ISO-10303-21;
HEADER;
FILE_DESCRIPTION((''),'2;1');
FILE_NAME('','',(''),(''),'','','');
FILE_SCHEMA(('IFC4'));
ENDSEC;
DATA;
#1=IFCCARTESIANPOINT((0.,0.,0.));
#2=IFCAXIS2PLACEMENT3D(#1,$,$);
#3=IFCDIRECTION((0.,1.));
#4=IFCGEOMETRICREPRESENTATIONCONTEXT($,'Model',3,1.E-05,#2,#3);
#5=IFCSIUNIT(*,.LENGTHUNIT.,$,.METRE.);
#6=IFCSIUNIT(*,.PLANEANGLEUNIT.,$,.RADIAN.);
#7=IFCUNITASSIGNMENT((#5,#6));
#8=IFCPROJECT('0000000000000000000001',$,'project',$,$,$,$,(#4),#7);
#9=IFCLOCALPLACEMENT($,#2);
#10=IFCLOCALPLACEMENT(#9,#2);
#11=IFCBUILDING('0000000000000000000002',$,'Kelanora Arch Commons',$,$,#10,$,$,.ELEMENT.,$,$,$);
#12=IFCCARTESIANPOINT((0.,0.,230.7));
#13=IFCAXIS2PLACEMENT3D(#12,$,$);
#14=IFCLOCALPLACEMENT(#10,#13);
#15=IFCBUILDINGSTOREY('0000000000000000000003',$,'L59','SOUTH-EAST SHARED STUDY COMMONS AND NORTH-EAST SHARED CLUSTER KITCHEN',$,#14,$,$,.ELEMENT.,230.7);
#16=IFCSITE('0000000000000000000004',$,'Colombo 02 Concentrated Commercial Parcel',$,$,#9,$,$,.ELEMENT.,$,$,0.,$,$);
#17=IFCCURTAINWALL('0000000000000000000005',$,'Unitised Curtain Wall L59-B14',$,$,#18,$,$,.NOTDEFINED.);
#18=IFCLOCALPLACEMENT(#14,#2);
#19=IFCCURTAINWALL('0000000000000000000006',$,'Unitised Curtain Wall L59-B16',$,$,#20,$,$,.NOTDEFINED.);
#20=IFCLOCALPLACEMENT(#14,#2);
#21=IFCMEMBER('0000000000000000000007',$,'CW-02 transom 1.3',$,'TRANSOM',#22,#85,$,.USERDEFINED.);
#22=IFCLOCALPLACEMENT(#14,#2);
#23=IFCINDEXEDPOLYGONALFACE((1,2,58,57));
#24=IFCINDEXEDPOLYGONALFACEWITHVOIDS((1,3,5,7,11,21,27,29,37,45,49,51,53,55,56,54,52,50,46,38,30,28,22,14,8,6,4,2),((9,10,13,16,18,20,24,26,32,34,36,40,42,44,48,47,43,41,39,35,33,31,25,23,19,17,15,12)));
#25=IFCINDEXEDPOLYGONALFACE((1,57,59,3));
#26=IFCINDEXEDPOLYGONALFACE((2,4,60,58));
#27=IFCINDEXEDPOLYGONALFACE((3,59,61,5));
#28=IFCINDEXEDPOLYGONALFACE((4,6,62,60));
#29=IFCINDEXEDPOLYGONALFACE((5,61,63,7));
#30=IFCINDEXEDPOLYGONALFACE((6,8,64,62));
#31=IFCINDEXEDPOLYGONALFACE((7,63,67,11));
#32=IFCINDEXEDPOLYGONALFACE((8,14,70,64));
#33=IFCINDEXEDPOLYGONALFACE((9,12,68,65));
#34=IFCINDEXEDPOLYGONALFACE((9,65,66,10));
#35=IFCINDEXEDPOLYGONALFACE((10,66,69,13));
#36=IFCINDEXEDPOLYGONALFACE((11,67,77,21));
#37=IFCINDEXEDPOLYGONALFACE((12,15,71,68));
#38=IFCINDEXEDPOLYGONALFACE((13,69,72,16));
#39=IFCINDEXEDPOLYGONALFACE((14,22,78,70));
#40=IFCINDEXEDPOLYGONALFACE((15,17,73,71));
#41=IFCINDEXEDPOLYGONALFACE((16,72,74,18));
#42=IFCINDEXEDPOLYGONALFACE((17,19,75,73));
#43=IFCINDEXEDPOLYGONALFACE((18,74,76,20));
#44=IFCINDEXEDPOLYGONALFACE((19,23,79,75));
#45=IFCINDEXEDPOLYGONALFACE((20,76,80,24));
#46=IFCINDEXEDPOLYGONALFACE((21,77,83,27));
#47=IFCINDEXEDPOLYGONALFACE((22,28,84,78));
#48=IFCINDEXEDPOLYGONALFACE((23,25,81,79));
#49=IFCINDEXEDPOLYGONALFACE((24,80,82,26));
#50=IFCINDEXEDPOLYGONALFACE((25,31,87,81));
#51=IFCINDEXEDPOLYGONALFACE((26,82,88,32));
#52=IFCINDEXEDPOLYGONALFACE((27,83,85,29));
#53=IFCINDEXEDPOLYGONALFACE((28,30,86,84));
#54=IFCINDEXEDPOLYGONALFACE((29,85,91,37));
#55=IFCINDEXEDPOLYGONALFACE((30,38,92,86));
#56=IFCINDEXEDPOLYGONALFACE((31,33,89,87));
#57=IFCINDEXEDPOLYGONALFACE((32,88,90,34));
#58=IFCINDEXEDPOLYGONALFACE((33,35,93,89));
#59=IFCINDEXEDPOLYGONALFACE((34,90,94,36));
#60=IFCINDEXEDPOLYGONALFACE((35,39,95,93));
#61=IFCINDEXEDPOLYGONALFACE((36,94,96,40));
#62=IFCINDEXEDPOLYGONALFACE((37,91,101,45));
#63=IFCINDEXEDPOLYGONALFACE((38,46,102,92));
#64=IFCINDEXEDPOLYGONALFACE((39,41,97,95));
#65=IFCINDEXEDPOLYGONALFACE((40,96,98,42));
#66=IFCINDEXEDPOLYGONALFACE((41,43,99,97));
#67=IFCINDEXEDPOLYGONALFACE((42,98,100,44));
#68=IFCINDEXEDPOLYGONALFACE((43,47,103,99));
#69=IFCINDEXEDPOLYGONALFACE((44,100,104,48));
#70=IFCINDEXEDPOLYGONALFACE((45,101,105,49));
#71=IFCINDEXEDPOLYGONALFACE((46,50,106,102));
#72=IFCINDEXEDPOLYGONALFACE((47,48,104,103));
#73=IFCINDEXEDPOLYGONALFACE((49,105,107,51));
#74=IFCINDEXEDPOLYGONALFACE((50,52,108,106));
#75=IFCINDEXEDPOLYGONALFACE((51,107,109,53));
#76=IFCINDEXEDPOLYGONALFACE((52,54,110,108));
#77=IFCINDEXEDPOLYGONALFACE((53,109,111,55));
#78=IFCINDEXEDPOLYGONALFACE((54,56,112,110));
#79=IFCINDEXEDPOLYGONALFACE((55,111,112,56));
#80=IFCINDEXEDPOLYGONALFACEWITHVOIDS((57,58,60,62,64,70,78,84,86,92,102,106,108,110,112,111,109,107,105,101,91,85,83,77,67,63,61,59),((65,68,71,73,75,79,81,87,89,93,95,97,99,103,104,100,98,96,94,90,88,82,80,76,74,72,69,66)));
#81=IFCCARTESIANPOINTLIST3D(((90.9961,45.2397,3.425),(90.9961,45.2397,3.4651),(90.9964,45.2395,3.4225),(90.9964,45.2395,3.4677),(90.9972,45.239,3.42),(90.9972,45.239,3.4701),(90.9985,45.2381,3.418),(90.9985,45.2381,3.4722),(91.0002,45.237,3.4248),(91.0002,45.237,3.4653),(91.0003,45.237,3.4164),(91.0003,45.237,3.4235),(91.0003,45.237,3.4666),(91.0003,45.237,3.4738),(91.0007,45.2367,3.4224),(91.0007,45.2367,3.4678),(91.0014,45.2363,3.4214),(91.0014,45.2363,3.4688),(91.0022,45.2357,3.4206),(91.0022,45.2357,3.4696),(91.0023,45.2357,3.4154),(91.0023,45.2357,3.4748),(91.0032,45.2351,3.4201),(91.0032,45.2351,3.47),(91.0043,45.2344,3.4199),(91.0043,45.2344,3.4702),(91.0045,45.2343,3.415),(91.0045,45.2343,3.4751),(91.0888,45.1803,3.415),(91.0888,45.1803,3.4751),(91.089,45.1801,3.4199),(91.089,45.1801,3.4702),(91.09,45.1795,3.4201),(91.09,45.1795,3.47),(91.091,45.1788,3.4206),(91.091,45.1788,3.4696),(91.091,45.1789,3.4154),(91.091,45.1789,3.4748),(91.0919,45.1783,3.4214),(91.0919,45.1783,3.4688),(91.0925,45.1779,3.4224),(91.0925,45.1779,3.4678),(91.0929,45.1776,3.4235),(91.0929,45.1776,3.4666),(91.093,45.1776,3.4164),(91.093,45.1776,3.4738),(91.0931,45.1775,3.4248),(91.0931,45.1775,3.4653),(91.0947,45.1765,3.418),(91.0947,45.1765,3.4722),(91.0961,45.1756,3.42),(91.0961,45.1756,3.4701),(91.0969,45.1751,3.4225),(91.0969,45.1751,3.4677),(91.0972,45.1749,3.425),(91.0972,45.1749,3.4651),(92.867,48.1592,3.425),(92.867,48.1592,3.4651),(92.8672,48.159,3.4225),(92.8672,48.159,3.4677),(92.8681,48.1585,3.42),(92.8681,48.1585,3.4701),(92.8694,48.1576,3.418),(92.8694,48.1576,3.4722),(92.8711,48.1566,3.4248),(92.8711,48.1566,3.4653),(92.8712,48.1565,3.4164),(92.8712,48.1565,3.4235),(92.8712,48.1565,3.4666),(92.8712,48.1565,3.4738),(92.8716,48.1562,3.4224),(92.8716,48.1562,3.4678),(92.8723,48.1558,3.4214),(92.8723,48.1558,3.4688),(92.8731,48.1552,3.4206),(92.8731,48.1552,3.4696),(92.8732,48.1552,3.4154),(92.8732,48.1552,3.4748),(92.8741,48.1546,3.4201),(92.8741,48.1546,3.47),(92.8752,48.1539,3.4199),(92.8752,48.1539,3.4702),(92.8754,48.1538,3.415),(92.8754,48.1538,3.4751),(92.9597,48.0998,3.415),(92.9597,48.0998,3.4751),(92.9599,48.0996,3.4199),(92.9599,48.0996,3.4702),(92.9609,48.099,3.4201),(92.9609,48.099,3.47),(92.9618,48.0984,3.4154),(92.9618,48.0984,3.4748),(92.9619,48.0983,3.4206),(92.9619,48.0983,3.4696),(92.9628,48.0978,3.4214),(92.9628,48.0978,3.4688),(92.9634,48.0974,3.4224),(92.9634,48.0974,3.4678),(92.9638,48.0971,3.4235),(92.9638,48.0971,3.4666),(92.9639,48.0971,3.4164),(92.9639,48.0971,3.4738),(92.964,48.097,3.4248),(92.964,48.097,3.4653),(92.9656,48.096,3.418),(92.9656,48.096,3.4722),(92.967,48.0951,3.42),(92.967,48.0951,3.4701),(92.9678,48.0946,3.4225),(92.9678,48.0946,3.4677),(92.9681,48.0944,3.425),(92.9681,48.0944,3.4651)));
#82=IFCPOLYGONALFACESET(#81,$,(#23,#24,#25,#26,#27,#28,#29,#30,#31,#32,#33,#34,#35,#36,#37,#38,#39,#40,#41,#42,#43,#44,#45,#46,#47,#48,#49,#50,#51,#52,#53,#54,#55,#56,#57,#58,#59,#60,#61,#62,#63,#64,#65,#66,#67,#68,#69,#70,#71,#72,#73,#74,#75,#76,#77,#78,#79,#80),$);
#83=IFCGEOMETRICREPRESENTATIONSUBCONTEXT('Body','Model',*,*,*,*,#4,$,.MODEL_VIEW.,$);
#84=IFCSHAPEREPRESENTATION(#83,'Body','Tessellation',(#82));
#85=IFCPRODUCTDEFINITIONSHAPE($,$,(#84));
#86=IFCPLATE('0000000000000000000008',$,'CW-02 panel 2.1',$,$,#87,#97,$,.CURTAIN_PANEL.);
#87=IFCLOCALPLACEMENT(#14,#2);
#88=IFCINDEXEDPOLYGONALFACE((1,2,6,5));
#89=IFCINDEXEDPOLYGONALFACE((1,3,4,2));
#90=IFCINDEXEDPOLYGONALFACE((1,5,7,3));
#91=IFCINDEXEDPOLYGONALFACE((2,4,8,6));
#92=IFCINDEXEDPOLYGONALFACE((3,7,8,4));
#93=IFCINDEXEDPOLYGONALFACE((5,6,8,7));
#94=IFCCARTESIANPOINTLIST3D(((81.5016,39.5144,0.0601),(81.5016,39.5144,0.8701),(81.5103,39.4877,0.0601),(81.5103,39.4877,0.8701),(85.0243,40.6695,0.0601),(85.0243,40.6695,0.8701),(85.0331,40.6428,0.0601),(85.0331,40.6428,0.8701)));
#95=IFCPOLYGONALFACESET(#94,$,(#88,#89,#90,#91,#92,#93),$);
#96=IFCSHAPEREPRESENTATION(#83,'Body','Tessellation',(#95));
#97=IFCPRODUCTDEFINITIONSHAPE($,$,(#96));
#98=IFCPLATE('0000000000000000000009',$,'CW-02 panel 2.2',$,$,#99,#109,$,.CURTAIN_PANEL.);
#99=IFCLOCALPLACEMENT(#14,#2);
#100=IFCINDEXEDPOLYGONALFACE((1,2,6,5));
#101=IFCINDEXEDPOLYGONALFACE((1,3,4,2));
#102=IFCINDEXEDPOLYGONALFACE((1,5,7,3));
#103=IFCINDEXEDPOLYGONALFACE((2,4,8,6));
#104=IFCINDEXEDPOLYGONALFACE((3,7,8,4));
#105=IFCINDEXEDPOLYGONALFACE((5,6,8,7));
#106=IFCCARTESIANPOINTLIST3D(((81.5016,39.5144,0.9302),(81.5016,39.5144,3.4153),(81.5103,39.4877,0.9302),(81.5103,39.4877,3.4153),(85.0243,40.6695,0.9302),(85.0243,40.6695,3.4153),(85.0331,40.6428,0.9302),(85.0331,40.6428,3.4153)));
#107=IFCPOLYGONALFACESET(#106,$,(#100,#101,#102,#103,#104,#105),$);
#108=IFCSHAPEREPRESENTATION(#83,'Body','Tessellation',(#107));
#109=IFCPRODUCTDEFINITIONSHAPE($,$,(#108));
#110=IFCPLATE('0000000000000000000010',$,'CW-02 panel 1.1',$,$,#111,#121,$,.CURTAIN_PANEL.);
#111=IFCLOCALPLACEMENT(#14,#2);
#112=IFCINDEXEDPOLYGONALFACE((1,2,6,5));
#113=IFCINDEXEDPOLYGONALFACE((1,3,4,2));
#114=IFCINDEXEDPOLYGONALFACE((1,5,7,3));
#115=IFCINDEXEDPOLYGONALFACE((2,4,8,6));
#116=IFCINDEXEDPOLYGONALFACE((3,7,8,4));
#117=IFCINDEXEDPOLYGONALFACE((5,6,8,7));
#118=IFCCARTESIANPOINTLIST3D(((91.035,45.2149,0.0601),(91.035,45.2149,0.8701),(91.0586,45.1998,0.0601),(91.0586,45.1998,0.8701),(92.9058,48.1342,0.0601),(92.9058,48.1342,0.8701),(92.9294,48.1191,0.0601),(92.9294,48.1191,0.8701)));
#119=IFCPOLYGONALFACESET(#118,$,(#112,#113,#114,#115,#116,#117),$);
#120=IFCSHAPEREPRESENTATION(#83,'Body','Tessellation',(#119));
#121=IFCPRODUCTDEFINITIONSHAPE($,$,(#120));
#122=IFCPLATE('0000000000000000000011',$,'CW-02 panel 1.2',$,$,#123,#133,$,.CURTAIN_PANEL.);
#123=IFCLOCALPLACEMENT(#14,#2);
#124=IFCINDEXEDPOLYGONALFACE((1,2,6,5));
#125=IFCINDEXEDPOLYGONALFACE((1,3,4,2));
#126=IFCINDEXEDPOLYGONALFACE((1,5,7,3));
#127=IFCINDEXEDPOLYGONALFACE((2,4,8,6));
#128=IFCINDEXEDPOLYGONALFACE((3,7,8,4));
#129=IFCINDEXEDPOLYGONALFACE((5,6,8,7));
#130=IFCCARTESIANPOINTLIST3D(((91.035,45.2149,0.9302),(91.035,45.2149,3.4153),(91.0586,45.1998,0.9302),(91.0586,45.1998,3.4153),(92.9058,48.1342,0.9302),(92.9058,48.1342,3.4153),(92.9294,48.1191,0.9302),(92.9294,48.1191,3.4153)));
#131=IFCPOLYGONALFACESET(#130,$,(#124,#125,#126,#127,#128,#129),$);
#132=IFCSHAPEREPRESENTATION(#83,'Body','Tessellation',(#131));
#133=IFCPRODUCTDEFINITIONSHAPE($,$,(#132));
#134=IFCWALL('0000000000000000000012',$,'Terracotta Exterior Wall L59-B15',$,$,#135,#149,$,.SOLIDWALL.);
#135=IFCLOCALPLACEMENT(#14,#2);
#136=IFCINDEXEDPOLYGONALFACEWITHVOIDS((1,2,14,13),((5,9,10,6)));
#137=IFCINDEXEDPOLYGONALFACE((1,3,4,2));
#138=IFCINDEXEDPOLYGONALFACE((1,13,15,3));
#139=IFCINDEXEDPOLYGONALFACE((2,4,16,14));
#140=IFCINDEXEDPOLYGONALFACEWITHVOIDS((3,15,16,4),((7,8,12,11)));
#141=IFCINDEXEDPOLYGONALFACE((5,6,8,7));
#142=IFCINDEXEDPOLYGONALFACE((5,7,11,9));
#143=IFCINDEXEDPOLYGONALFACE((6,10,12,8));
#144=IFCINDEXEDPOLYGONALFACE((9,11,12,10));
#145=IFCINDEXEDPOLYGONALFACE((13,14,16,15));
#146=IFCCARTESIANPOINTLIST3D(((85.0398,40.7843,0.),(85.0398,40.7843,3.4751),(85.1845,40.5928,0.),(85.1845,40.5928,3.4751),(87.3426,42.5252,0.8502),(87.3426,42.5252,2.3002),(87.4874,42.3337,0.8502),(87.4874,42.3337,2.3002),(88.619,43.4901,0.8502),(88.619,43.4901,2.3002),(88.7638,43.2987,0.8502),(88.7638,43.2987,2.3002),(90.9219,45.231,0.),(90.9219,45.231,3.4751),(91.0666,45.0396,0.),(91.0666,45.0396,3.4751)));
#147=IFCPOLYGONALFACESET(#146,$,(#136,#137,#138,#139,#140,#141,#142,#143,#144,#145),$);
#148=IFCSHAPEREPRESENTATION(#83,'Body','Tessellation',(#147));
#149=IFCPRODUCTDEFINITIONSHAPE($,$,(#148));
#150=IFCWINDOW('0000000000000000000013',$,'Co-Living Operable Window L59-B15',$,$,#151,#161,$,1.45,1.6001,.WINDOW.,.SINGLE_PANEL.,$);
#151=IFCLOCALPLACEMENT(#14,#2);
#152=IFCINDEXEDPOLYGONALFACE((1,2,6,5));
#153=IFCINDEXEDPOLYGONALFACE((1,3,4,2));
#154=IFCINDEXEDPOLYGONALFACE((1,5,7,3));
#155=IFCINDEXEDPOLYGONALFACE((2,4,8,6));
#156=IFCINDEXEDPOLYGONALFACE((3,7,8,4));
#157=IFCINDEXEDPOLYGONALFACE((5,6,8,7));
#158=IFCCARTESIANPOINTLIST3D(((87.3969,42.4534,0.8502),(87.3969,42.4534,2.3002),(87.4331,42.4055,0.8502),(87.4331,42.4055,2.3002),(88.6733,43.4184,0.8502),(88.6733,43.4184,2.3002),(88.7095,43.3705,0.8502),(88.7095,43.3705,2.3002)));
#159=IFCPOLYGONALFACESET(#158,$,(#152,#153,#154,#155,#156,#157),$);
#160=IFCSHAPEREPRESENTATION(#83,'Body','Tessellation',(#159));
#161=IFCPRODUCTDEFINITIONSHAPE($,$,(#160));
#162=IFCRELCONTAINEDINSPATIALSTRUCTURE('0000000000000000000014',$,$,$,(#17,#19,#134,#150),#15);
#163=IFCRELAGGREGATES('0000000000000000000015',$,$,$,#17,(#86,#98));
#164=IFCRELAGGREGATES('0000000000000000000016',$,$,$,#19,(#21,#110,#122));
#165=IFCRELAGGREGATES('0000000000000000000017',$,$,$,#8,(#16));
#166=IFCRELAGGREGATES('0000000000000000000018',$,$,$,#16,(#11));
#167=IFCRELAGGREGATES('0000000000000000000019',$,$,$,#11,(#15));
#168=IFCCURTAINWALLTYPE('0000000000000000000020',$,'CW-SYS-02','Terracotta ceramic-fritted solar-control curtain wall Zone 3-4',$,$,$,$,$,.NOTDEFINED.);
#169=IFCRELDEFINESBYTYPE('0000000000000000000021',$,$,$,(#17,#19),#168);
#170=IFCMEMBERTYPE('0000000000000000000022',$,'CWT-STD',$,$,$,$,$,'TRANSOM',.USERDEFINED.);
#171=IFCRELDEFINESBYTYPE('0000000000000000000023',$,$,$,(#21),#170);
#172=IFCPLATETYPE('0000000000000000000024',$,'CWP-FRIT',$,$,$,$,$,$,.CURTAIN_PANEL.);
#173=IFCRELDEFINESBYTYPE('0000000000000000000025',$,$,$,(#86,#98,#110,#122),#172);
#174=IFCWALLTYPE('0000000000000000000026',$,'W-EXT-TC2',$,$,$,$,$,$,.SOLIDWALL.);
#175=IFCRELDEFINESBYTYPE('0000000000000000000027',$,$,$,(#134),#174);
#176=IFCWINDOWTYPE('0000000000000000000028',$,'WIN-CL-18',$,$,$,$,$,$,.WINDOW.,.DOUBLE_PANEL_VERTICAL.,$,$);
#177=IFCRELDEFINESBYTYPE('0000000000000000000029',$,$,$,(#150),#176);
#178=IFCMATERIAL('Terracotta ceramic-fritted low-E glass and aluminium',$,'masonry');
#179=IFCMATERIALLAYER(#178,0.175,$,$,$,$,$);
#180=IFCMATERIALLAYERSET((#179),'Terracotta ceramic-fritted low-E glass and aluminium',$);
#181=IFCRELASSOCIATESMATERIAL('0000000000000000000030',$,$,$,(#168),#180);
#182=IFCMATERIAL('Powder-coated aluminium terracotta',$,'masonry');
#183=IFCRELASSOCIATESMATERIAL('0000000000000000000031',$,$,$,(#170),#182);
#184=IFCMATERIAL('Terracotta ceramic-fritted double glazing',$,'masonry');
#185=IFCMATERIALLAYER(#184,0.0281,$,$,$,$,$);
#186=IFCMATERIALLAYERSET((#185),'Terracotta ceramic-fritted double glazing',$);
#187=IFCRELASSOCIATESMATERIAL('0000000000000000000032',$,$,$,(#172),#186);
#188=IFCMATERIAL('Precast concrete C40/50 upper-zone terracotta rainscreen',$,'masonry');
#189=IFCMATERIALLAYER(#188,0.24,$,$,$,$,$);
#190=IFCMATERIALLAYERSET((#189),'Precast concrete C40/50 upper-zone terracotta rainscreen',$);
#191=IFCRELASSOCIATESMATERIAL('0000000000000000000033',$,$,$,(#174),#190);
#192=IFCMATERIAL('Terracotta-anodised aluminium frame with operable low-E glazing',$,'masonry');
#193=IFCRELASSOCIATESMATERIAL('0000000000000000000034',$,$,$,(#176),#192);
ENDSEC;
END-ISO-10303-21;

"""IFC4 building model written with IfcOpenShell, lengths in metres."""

from ifc_helpers import new_model, si_unit, direction, frame, frame_2d, origin, origin_2d, place, context, subcontext, project, spatial, rectangle, hollow_rectangle, extrude, source, transform, mapped, material, layer, layer_set, material_profile, profile_set, type_object, element, fill, aggregate, save


model = new_model("IFC4")

# Units and contexts
model_context = context("Model", 3, precision=1e-05, world=origin(), true_north=direction((0.0, 1.0)))
body_context = subcontext(model_context, "Body", "Model", "MODEL_VIEW")
ifc_project = project(units=[si_unit("LENGTHUNIT", "METRE"), si_unit("PLANEANGLEUNIT", "RADIAN")], contexts=[model_context])

# Site, building, storey
site_placement = place(None, origin())
site = spatial("IfcSite", under=ifc_project, at=site_placement, Name="Colombo 02 Concentrated Commercial Parcel", CompositionType="ELEMENT", RefElevation=0.0)
building_placement = place(site_placement, origin())
building = spatial("IfcBuilding", under=site, at=building_placement, Name="Kelanora Arch Commons", CompositionType="ELEMENT")
storey_placement = place(building_placement, frame((0.0, 0.0, 230.7)))
storey = spatial("IfcBuildingStorey", under=building, at=storey_placement, Name="L59", Description="SOUTH-EAST SHARED STUDY COMMONS AND NORTH-EAST SHARED CLUSTER KITCHEN", CompositionType="ELEMENT", Elevation=230.7)

# Curtain wall
ifc_material_1 = material(Name="Terracotta ceramic-fritted low-E glass and aluminium", Category="masonry")
ifc_layer_1 = layer(ifc_material_1, 0.175)
ifc_layer_set_1 = layer_set([ifc_layer_1], Name="Terracotta ceramic-fritted low-E glass and aluminium")
curtain_wall_type = type_object("IfcCurtainWallType", Name="CW-SYS-02", Description="Terracotta ceramic-fritted solar-control curtain wall Zone 3-4", PredefinedType="NOTDEFINED", material=ifc_layer_set_1)
curtain_wall_1_placement = place(storey_placement, origin())
curtain_wall_1 = element("IfcCurtainWall", 1, at=curtain_wall_1_placement, inside=storey, type_object=curtain_wall_type, Name="Unitised Curtain Wall L59-B14", PredefinedType="NOTDEFINED")
ifc_material_2 = material(Name="Powder-coated aluminium terracotta", Category="masonry")

# Curtain wall, member
curtain_wall_2_placement = place(storey_placement, origin())
curtain_wall_2 = element("IfcCurtainWall", 2, at=curtain_wall_2_placement, inside=storey, type_object=curtain_wall_type, Name="Unitised Curtain Wall L59-B16", PredefinedType="NOTDEFINED")
ifc_material_profile_1 = material_profile(ifc_material_2, hollow_rectangle(XDim=0.1201, YDim=0.0601, WallThickness=0.0049, InnerFilletRadius=0.0049, OuterFilletRadius=0.01, at=origin_2d()), Name="CWT120x60")
ifc_profile_set_1 = profile_set([ifc_material_profile_1], Name="Powder-coated aluminium terracotta")
member_type_1 = type_object("IfcMemberType", Name="CWT-STD", ElementType="TRANSOM", PredefinedType="USERDEFINED", material=ifc_profile_set_1)
member_1_placement = place(storey_placement, frame((91.0466, 45.2073, 3.4451), z_axis=(0.539547, 0.841955, 0.0), x_axis=(-0.841955, 0.539547, 0.0)))
member_1 = element("IfcMember", 3, at=member_1_placement, type_object=member_type_1, Name="CW-02 transom 1.3", ObjectType="TRANSOM", PredefinedType="USERDEFINED", context=body_context, shape_type="SweptSolid", body=[
    extrude(hollow_rectangle(XDim=0.1201, YDim=0.0601, WallThickness=0.0049, InnerFilletRadius=0.0049, OuterFilletRadius=0.01, at=origin_2d()), origin(), (0.0, 0.0, 1.0), 3.4675),
])

# Plates
ifc_material_3 = material(Name="Terracotta ceramic-fritted double glazing", Category="masonry")
ifc_layer_2 = layer(ifc_material_3, 0.0281)
ifc_layer_set_2 = layer_set([ifc_layer_2], Name="Terracotta ceramic-fritted double glazing")
plate_type = type_object("IfcPlateType", Name="CWP-FRIT", PredefinedType="CURTAIN_PANEL", material=ifc_layer_set_2)
shared_shape_1 = source(origin(), body_context, "Body", "SweptSolid", [
    extrude(rectangle(XDim=3.7073, YDim=0.0281, at=origin_2d()), origin(), (0.0, 0.0, 1.0), 0.8101),
])
plate_1_placement = place(storey_placement, frame((83.2673, 40.0786, 0.0601), z_axis=(0.0, 0.0, 1.0), x_axis=(0.950219, 0.311582, 0.0)))
plate_1 = element("IfcPlate", 4, at=plate_1_placement, type_object=plate_type, Name="CW-02 panel 2.1", PredefinedType="CURTAIN_PANEL", context=body_context, shape_type="MappedRepresentation", body=[
    mapped(shared_shape_1, transform((0.0, 0.0, 0.0), scale=1.0)),
])
shared_shape_2 = source(origin(), body_context, "Body", "SweptSolid", [
    extrude(rectangle(XDim=3.7073, YDim=0.0281, at=origin_2d()), origin(), (0.0, 0.0, 1.0), 2.4851),
])
plate_2_placement = place(storey_placement, frame((83.2673, 40.0786, 0.9302), z_axis=(0.0, 0.0, 1.0), x_axis=(0.950219, 0.311582, 0.0)))
plate_2 = element("IfcPlate", 5, at=plate_2_placement, type_object=plate_type, Name="CW-02 panel 2.2", PredefinedType="CURTAIN_PANEL", context=body_context, shape_type="MappedRepresentation", body=[
    mapped(shared_shape_2, transform((0.0, 0.0, 0.0), scale=1.0)),
])
aggregate(curtain_wall_1, [plate_1, plate_2])
shared_shape_3 = source(origin(), body_context, "Body", "SweptSolid", [
    extrude(rectangle(XDim=3.4673, YDim=0.0281, at=origin_2d()), origin(), (0.0, 0.0, 1.0), 0.8101),
])
plate_3_placement = place(storey_placement, frame((91.9822, 46.667, 0.0601), z_axis=(0.0, 0.0, 1.0), x_axis=(0.539559, 0.841948, 0.0)))
plate_3 = element("IfcPlate", 6, at=plate_3_placement, type_object=plate_type, Name="CW-02 panel 1.1", PredefinedType="CURTAIN_PANEL", context=body_context, shape_type="MappedRepresentation", body=[
    mapped(shared_shape_3, transform((0.0, 0.0, 0.0), scale=1.0)),
])
shared_shape_4 = source(origin(), body_context, "Body", "SweptSolid", [
    extrude(rectangle(XDim=3.4673, YDim=0.0281, at=origin_2d()), origin(), (0.0, 0.0, 1.0), 2.4851),
])
plate_4_placement = place(storey_placement, frame((91.9822, 46.667, 0.9302), z_axis=(0.0, 0.0, 1.0), x_axis=(0.539559, 0.841948, 0.0)))
plate_4 = element("IfcPlate", 7, at=plate_4_placement, type_object=plate_type, Name="CW-02 panel 1.2", PredefinedType="CURTAIN_PANEL", context=body_context, shape_type="MappedRepresentation", body=[
    mapped(shared_shape_4, transform((0.0, 0.0, 0.0), scale=1.0)),
])
aggregate(curtain_wall_2, [member_1, plate_3, plate_4])

# Wall, opening, window
ifc_material_4 = material(Name="Precast concrete C40/50 upper-zone terracotta rainscreen", Category="masonry")
ifc_layer_3 = layer(ifc_material_4, 0.24)
ifc_layer_set_3 = layer_set([ifc_layer_3], Name="Precast concrete C40/50 upper-zone terracotta rainscreen")
wall_type = type_object("IfcWallType", Name="W-EXT-TC2", PredefinedType="SOLIDWALL", material=ifc_layer_set_3)
wall_placement = place(storey_placement, frame((85.1121, 40.6885, 0.0), z_axis=(0.0, 0.0, 1.0), x_axis=(0.797702, 0.603052, 0.0)))
wall = element("IfcWall", 8, at=wall_placement, inside=storey, type_object=wall_type, Name="Terracotta Exterior Wall L59-B15", PredefinedType="SOLIDWALL", context=body_context, shape_type="SweptSolid", body=[
    extrude(rectangle(XDim=7.3738, YDim=0.24, at=frame_2d((3.687, 0.0))), origin(), (0.0, 0.0, 1.0), 3.4751),
])
opening_placement = place(wall_placement, frame((2.887, 0.0, 0.8501)))
opening = element("IfcOpeningElement", 9, at=opening_placement, cuts=wall, PredefinedType="OPENING", context=body_context, shape_type="SweptSolid", body=[
    extrude(rectangle(XDim=1.6001, YDim=1.45, at=frame_2d((0.8, 0.7251))), frame((0.0, 0.1299, 0.0), z_axis=(0.0, -1.0, 0.0), x_axis=(1.0, 0.0, 0.0)), (0.0, 0.0, 1.0), 0.26),
])
ifc_material_5 = material(Name="Terracotta-anodised aluminium frame with operable low-E glazing", Category="masonry")
window_type = type_object("IfcWindowType", Name="WIN-CL-18", PartitioningType="DOUBLE_PANEL_VERTICAL", PredefinedType="WINDOW", material=ifc_material_5)
window_placement = place(opening_placement, origin())
window = element("IfcWindow", 10, at=window_placement, inside=storey, type_object=window_type, Name="Co-Living Operable Window L59-B15", OverallHeight=1.45, OverallWidth=1.6001, PartitioningType="SINGLE_PANEL", PredefinedType="WINDOW", context=body_context, shape_type="SweptSolid", body=[
    extrude(rectangle(XDim=1.6001, YDim=1.45, at=frame_2d((0.8, 0.7251))), frame((0.0, 0.03, 0.0), z_axis=(0.0, -1.0, 0.0), x_axis=(1.0, 0.0, 0.0)), (0.0, 0.0, 1.0), 0.0601),
])
fill(opening, window)

save(model, "model.ifc")
